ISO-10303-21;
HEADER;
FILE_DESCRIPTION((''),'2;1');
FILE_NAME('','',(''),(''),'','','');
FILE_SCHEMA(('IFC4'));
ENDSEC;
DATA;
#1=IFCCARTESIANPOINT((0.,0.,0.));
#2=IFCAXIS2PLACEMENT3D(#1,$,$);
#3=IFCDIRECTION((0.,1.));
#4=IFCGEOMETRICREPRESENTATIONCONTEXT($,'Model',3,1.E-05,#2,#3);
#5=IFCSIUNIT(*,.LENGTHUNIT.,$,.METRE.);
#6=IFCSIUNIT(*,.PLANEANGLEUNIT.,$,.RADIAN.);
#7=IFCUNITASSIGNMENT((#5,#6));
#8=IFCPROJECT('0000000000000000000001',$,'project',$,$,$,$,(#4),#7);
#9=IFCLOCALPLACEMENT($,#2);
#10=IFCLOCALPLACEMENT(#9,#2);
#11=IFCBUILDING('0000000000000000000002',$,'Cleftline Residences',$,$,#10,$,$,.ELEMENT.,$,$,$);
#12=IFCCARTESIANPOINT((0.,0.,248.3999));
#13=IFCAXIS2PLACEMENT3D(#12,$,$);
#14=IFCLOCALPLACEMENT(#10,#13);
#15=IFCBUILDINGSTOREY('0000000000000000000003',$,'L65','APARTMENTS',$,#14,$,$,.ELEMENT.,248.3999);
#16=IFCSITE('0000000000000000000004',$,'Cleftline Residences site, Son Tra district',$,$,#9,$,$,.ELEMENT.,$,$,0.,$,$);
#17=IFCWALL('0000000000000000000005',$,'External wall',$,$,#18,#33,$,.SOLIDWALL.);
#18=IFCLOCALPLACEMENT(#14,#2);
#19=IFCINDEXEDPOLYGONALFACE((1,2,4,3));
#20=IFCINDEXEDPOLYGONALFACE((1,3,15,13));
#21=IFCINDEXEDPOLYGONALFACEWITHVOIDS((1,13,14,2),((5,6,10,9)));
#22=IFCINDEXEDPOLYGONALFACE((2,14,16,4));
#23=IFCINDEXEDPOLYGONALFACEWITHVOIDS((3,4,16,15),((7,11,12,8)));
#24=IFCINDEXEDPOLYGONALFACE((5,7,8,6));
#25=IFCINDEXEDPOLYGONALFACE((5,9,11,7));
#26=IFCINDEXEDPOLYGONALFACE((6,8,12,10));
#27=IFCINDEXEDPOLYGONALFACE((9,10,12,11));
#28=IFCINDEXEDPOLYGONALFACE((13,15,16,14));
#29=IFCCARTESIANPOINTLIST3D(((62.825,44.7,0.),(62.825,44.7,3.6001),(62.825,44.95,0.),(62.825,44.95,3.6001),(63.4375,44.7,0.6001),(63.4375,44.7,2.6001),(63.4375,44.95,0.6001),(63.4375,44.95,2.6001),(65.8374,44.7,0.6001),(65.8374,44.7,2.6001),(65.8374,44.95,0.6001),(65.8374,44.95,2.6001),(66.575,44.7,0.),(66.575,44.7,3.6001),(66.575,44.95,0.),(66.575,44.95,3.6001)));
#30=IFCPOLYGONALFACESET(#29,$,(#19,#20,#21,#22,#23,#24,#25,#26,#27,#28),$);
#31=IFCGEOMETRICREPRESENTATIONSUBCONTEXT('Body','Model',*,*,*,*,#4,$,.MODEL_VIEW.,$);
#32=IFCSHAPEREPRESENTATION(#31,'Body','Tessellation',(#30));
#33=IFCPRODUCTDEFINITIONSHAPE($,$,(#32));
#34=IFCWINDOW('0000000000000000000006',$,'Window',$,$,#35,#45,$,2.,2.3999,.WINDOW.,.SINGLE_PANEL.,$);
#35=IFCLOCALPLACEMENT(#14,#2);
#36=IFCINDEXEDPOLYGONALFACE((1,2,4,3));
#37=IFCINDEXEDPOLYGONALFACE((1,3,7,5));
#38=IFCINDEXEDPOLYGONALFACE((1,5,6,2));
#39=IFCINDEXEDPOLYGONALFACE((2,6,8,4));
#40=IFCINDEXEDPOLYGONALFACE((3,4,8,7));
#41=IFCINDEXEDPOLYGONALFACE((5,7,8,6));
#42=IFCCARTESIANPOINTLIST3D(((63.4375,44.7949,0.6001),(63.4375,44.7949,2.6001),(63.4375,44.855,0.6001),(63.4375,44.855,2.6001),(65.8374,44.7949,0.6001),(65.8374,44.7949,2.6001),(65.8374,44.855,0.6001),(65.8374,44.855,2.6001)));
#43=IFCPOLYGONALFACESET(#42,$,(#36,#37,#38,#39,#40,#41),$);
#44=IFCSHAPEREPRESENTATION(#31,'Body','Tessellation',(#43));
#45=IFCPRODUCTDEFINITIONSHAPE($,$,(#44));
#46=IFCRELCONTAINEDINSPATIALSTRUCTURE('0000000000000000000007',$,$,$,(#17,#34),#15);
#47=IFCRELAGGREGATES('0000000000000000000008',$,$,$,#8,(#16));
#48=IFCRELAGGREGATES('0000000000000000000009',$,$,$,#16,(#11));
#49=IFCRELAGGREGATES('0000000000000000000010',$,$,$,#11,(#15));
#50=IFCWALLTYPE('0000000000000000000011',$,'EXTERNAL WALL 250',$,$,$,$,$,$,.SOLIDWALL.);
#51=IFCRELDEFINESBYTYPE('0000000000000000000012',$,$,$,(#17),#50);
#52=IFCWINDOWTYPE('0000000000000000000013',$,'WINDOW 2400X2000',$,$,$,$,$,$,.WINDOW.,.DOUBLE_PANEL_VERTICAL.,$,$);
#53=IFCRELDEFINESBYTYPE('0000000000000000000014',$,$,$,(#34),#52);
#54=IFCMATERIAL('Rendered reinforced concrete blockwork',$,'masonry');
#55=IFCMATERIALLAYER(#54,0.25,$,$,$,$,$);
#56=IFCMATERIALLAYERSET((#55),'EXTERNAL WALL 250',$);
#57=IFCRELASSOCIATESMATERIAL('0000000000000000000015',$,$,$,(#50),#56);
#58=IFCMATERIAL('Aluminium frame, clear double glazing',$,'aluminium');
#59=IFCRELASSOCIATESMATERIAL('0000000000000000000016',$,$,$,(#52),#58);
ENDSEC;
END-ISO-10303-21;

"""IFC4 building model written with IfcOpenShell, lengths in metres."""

from ifc_helpers import new_model, si_unit, direction, frame, frame_2d, origin, place, context, subcontext, project, spatial, rectangle, extrude, material, layer, layer_set, type_object, element, fill, save


model = new_model("IFC4")

# Units and contexts
model_context = context("Model", 3, precision=1e-05, world=origin(), true_north=direction((0.0, 1.0)))
body_context = subcontext(model_context, "Body", "Model", "MODEL_VIEW")
ifc_project = project(units=[si_unit("LENGTHUNIT", "METRE"), si_unit("PLANEANGLEUNIT", "RADIAN")], contexts=[model_context])

# Site, building, storey
site_placement = place(None, origin())
site = spatial("IfcSite", under=ifc_project, at=site_placement, Name="Cleftline Residences site, Son Tra district", CompositionType="ELEMENT", RefElevation=0.0)
building_placement = place(site_placement, origin())
building = spatial("IfcBuilding", under=site, at=building_placement, Name="Cleftline Residences", CompositionType="ELEMENT")
storey_placement = place(building_placement, frame((0.0, 0.0, 248.3999)))
storey = spatial("IfcBuildingStorey", under=building, at=storey_placement, Name="L65", Description="APARTMENTS", CompositionType="ELEMENT", Elevation=248.3999)

# Wall, opening, window
ifc_material_1 = material(Name="Rendered reinforced concrete blockwork", Category="masonry")
ifc_layer_1 = layer(ifc_material_1, 0.25)
ifc_layer_set_1 = layer_set([ifc_layer_1], Name="EXTERNAL WALL 250")
wall_type = type_object("IfcWallType", Name="EXTERNAL WALL 250", PredefinedType="SOLIDWALL", material=ifc_layer_set_1)
wall_placement = place(storey_placement, frame((66.575, 44.825, 0.0), z_axis=(0.0, 0.0, 1.0), x_axis=(-1.0, 0.0, 0.0)))
wall = element("IfcWall", 1, at=wall_placement, inside=storey, type_object=wall_type, Name="External wall", PredefinedType="SOLIDWALL", context=body_context, shape_type="SweptSolid", body=[
    extrude(rectangle(XDim=3.75, YDim=0.25, at=frame_2d((1.875, 0.0))), origin(), (0.0, 0.0, 1.0), 3.6001),
])
opening_placement = place(wall_placement, frame((0.7375, 0.0, 0.6001)))
opening = element("IfcOpeningElement", 2, at=opening_placement, cuts=wall, PredefinedType="OPENING", context=body_context, shape_type="SweptSolid", body=[
    extrude(rectangle(XDim=2.3999, YDim=2.0, at=frame_2d((1.2, 1.0))), frame((0.0, 0.135, 0.0), z_axis=(0.0, -1.0, 0.0), x_axis=(1.0, 0.0, 0.0)), (0.0, 0.0, 1.0), 0.27),
])
ifc_material_2 = material(Name="Aluminium frame, clear double glazing", Category="aluminium")
window_type = type_object("IfcWindowType", Name="WINDOW 2400X2000", PartitioningType="DOUBLE_PANEL_VERTICAL", PredefinedType="WINDOW", material=ifc_material_2)
window_placement = place(opening_placement, origin())
window = element("IfcWindow", 3, at=window_placement, inside=storey, type_object=window_type, Name="Window", OverallHeight=2.0, OverallWidth=2.3999, PartitioningType="SINGLE_PANEL", PredefinedType="WINDOW", context=body_context, shape_type="SweptSolid", body=[
    extrude(rectangle(XDim=2.3999, YDim=2.0, at=frame_2d((1.2, 1.0))), frame((0.0, 0.03, 0.0), z_axis=(0.0, -1.0, 0.0), x_axis=(1.0, 0.0, 0.0)), (0.0, 0.0, 1.0), 0.0601),
])
fill(opening, window)

save(model, "model.ifc")
